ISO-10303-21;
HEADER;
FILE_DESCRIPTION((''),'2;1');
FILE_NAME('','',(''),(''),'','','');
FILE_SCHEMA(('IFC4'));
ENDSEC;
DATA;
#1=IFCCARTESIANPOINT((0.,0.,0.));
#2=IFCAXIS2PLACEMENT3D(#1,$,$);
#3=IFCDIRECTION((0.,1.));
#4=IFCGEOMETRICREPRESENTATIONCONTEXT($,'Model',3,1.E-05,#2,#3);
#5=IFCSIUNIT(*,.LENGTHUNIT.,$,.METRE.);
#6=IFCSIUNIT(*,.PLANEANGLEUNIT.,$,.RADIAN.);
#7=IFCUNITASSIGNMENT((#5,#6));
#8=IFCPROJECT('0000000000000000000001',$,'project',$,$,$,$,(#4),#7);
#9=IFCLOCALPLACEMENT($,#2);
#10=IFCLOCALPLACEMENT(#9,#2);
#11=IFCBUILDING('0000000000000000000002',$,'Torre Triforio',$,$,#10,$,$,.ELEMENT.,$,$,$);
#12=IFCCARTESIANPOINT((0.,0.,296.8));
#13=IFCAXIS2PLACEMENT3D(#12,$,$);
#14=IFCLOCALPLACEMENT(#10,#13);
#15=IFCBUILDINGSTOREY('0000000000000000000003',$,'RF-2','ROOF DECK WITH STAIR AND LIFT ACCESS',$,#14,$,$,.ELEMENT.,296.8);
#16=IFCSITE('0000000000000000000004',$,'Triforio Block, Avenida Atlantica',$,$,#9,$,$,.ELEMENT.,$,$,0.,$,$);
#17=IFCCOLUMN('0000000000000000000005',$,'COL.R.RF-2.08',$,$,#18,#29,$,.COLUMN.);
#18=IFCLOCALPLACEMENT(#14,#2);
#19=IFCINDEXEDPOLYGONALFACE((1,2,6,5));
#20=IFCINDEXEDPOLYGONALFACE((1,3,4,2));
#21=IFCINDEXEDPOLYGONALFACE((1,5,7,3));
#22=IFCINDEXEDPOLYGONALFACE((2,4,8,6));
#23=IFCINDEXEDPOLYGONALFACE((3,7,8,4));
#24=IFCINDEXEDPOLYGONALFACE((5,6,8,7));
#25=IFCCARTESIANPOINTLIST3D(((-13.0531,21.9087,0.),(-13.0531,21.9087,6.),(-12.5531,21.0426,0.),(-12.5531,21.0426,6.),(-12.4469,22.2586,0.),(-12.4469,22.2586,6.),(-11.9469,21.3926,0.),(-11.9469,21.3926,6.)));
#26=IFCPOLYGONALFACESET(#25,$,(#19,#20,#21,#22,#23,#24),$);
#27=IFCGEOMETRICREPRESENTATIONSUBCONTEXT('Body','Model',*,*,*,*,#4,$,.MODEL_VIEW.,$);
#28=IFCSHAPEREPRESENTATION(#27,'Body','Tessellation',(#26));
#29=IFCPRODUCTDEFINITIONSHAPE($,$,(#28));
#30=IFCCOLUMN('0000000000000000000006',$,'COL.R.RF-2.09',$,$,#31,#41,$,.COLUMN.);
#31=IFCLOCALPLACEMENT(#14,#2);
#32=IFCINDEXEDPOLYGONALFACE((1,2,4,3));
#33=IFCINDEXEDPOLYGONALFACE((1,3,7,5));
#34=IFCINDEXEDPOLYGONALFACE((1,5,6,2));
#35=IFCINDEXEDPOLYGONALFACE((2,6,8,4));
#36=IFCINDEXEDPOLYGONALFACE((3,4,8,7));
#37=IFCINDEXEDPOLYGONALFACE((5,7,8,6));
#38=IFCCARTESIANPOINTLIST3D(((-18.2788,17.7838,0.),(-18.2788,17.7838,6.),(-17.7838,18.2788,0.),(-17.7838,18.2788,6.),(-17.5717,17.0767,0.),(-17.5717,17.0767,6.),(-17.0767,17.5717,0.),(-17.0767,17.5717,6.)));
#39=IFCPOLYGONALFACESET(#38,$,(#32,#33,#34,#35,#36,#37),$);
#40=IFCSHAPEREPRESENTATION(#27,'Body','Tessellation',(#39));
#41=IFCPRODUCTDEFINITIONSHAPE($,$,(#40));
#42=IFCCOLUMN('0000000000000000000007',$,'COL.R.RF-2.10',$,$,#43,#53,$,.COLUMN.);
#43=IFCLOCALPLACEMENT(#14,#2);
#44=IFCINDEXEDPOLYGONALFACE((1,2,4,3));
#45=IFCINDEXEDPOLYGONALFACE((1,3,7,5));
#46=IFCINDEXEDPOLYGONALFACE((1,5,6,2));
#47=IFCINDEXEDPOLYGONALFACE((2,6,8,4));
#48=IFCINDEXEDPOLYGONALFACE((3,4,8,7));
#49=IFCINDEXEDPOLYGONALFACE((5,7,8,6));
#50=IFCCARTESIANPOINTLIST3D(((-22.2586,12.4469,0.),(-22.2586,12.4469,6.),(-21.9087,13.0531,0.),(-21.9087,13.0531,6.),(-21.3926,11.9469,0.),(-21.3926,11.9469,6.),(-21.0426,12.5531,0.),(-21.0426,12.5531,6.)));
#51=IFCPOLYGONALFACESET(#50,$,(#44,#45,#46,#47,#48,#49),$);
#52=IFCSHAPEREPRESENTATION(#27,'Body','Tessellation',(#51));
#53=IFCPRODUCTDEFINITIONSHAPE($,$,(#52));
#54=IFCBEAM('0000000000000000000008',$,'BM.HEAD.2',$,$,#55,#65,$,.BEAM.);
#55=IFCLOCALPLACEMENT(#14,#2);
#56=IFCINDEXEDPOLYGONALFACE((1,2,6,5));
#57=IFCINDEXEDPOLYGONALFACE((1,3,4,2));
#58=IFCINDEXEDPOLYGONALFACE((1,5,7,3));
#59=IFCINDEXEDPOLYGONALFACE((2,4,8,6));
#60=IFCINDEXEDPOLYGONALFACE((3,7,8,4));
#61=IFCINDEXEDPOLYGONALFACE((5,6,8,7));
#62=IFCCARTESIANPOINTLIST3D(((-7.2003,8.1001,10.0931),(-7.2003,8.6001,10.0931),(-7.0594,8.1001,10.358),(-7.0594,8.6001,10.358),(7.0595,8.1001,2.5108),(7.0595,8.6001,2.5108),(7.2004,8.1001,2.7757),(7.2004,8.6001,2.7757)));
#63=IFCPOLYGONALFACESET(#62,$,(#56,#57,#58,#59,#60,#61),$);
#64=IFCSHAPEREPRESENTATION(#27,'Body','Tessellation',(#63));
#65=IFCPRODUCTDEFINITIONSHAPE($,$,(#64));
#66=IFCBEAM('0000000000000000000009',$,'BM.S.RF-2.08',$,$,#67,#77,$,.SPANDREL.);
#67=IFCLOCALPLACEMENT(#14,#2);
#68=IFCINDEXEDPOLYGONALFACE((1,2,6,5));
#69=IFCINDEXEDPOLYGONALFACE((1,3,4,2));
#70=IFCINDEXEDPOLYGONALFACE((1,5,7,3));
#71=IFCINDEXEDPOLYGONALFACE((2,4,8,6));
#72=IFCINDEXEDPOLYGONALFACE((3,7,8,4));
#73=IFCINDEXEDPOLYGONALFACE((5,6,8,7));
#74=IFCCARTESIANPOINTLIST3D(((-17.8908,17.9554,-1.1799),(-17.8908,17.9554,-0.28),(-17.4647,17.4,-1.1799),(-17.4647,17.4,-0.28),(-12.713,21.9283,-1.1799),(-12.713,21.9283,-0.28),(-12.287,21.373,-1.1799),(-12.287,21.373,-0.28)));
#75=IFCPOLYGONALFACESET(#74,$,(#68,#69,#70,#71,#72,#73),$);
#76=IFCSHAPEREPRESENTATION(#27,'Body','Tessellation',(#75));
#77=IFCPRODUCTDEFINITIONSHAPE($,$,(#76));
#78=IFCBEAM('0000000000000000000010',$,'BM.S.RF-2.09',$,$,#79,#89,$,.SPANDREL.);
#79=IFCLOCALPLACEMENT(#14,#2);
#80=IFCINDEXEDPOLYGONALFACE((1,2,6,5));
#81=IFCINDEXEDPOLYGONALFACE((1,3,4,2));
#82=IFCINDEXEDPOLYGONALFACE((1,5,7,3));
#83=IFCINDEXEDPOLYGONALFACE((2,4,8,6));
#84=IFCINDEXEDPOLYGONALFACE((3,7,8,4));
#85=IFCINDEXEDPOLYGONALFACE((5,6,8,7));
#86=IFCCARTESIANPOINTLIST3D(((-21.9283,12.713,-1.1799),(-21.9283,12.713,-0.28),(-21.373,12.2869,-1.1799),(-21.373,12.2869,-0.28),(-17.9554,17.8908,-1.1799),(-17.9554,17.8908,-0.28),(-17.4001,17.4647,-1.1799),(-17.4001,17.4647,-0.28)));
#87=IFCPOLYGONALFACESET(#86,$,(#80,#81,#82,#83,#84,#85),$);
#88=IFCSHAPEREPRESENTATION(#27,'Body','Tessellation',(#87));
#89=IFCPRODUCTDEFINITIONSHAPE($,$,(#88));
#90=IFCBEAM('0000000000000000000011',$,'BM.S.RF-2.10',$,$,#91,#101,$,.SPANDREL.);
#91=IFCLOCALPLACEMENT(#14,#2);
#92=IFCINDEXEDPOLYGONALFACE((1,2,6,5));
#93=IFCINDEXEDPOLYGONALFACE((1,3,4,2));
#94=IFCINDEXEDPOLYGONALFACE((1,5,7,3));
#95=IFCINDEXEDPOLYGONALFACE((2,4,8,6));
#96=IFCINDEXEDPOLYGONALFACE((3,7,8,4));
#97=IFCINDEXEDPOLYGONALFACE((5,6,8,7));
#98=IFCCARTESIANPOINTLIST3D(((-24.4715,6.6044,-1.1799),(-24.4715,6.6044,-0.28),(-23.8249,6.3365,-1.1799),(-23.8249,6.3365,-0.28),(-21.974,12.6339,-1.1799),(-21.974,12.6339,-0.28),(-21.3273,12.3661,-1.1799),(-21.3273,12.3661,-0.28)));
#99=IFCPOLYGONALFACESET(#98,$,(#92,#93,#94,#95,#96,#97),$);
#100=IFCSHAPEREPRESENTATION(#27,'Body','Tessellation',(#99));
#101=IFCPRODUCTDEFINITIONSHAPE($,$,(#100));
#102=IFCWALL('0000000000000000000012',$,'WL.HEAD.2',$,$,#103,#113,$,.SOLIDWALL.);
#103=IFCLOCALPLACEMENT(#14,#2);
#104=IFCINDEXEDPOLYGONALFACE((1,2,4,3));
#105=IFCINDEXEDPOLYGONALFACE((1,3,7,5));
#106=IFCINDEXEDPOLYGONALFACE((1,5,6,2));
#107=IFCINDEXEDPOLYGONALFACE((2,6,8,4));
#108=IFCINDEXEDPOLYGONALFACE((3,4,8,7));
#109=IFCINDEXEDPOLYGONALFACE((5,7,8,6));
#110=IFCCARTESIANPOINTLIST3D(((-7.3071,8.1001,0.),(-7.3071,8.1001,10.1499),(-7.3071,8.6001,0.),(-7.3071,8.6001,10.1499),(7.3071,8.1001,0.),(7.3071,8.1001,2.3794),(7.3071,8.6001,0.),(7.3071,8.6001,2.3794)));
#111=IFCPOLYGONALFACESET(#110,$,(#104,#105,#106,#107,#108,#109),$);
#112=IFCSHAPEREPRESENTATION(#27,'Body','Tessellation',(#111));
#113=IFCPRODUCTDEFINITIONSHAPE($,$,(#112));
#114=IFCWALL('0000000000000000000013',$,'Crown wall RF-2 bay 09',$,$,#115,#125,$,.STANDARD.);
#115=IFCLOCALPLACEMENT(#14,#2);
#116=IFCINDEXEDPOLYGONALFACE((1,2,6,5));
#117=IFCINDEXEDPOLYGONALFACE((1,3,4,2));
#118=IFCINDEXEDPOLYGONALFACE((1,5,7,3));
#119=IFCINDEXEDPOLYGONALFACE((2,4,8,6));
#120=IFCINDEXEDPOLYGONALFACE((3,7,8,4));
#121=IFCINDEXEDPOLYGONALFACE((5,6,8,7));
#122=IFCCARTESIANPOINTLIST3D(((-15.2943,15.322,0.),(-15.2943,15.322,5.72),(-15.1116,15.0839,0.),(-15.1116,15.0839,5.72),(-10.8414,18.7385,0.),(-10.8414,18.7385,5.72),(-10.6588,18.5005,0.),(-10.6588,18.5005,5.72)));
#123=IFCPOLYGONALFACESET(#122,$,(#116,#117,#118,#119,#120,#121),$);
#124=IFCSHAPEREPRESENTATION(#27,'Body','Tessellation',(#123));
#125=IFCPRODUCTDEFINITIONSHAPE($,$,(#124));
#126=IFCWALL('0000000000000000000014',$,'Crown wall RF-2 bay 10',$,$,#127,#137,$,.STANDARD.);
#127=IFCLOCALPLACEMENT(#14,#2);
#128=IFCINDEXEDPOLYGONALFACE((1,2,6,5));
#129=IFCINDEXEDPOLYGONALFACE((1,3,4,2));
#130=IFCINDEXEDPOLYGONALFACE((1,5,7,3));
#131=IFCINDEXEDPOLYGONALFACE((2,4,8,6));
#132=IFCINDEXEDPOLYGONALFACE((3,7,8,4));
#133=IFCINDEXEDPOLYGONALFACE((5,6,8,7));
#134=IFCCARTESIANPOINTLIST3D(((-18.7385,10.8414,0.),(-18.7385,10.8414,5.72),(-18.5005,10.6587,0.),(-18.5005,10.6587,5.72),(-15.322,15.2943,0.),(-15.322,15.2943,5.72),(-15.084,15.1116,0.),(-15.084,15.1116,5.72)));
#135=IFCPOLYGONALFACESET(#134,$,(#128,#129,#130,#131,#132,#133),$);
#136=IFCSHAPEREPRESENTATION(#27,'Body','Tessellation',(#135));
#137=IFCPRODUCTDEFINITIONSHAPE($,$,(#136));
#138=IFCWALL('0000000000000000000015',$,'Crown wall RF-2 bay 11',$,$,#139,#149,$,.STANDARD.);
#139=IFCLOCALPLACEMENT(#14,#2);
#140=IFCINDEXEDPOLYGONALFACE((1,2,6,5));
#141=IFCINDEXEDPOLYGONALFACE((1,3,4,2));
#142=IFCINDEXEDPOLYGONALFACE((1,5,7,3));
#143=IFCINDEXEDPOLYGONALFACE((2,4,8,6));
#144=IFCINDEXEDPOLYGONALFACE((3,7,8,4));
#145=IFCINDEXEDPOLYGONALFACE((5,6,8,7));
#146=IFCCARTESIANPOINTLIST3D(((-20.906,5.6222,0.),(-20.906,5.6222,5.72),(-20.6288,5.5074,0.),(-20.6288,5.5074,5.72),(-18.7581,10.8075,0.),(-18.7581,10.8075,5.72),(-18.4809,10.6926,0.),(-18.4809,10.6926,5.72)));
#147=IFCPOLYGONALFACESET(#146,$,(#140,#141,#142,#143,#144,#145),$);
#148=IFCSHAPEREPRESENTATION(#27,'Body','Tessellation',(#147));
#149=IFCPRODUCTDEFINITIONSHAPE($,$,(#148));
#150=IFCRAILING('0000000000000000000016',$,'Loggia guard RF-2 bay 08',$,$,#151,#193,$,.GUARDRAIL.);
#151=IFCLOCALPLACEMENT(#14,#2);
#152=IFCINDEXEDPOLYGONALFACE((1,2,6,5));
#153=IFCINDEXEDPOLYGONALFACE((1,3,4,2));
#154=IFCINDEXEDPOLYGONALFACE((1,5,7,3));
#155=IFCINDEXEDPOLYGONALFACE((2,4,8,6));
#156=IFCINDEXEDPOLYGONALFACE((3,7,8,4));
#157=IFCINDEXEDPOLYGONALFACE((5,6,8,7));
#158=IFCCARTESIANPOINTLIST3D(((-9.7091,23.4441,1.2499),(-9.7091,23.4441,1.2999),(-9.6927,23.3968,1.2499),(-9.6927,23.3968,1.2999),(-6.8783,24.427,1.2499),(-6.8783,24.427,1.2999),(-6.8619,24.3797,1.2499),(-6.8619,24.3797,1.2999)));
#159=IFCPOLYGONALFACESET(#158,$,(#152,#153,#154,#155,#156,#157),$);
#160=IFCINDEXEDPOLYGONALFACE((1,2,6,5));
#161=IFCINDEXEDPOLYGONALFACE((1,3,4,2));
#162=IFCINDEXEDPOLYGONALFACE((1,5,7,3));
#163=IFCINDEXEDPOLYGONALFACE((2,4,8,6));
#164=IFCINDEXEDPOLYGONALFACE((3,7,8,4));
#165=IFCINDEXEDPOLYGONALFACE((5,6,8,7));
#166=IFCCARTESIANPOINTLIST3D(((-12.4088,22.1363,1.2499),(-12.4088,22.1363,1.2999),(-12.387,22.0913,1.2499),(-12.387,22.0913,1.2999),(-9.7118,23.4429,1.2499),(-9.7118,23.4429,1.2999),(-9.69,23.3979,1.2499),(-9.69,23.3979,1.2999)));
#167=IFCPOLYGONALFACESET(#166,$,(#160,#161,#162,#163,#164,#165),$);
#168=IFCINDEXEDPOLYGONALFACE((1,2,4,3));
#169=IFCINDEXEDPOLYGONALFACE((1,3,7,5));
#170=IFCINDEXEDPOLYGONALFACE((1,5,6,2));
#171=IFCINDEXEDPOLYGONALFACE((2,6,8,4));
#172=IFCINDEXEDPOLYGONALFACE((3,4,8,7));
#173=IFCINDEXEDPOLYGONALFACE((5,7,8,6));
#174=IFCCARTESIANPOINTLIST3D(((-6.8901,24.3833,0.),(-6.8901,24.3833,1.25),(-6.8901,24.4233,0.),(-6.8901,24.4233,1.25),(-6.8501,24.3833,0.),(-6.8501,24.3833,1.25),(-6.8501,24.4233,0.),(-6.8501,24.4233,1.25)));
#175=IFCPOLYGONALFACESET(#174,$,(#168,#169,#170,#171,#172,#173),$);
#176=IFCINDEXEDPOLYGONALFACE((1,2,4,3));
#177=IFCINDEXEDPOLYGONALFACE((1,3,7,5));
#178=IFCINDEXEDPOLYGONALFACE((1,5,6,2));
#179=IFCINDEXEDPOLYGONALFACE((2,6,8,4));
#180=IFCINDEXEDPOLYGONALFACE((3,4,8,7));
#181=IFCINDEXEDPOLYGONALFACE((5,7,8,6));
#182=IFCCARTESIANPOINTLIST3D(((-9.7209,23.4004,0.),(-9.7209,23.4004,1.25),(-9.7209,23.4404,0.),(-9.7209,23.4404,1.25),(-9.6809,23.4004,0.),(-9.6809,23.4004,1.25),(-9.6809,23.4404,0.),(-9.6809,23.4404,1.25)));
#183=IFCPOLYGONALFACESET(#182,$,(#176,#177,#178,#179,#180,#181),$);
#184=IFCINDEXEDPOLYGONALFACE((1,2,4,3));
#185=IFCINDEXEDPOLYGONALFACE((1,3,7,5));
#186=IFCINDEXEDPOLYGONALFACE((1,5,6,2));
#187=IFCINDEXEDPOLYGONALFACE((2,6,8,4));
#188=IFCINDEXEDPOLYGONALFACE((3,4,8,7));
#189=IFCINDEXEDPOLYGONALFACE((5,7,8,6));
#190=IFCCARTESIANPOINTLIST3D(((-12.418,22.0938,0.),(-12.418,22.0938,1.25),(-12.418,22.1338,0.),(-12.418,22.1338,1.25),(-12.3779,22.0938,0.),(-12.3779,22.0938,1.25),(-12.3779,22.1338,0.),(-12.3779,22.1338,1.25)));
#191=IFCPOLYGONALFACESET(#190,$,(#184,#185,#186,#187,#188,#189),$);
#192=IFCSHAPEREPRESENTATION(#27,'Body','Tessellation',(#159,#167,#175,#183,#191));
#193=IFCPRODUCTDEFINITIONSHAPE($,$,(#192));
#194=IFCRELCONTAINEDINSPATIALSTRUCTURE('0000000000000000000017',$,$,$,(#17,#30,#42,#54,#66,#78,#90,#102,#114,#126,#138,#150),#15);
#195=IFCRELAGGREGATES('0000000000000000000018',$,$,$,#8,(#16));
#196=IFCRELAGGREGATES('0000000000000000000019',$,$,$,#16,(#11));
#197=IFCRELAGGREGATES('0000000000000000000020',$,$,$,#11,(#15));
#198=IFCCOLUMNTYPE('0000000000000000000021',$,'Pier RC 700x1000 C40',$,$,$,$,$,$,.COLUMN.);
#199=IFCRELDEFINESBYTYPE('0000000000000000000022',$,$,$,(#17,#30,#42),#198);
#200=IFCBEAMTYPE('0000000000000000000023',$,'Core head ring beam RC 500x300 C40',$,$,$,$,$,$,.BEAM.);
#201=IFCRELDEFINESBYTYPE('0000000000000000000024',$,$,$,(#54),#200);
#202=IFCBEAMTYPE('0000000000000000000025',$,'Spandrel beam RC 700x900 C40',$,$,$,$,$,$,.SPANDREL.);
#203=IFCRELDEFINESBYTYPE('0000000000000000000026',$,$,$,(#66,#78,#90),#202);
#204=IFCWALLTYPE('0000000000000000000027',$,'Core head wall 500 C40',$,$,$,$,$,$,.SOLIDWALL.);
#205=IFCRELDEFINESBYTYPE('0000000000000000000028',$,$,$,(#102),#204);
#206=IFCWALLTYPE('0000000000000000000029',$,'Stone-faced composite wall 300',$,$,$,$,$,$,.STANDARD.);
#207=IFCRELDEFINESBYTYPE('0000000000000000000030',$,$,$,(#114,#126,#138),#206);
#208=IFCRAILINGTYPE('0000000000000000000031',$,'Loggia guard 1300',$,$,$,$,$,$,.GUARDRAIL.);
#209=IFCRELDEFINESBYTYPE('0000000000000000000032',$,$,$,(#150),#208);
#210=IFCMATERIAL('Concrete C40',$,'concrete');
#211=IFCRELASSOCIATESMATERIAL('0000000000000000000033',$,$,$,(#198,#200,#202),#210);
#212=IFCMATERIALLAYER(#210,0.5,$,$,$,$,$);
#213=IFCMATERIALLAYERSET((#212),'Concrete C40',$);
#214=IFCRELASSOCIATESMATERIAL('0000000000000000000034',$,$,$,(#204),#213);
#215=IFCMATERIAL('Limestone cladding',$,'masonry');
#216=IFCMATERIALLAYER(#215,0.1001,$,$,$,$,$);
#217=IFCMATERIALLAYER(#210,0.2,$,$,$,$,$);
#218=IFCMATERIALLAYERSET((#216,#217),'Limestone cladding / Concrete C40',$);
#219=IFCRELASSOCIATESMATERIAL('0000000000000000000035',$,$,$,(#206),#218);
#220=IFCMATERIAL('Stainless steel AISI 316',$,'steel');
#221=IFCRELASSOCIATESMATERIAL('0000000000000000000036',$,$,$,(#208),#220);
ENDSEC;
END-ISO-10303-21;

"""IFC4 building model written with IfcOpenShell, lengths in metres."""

from ifc_helpers import new_model, si_unit, direction, frame, origin, origin_2d, place, context, subcontext, project, spatial, polyline, rectangle, outline, extrude, material, layer, layer_set, material_profile, profile_set, type_object, element, save


model = new_model("IFC4")

# Units and contexts
model_context = context("Model", 3, precision=1e-05, world=origin(), true_north=direction((0.0, 1.0)))
body_context = subcontext(model_context, "Body", "Model", "MODEL_VIEW")
ifc_project = project(units=[si_unit("LENGTHUNIT", "METRE"), si_unit("PLANEANGLEUNIT", "RADIAN")], contexts=[model_context])

# Site, building, storey
site_placement = place(None, origin())
site = spatial("IfcSite", under=ifc_project, at=site_placement, Name="Triforio Block, Avenida Atlantica", CompositionType="ELEMENT", RefElevation=0.0)
building_placement = place(site_placement, origin())
building = spatial("IfcBuilding", under=site, at=building_placement, Name="Torre Triforio", CompositionType="ELEMENT")
storey_placement = place(building_placement, frame((0.0, 0.0, 296.8)))
storey = spatial("IfcBuildingStorey", under=building, at=storey_placement, Name="RF-2", Description="ROOF DECK WITH STAIR AND LIFT ACCESS", CompositionType="ELEMENT", Elevation=296.8)

# Columns
ifc_material_1 = material(Name="Concrete C40", Category="concrete")
ifc_material_profile_1 = material_profile(ifc_material_1, rectangle(XDim=0.7, YDim=1.0, at=origin_2d()), Name="RC 700x1000")
ifc_profile_set_1 = profile_set([ifc_material_profile_1], Name="Concrete C40")
column_type = type_object("IfcColumnType", Name="Pier RC 700x1000 C40", PredefinedType="COLUMN", material=ifc_profile_set_1)
for number, where, z_axis, x_axis, name in (
    (1, (-12.5, 21.6506, 0.0), (0.0, 0.0, 1.0), (-0.866025, -0.5, 0.0), "COL.R.RF-2.08"),
    (2, (-17.6777, 17.6777, 0.0), (0.0, 0.0, 1.0), (-0.707107, -0.707107, 0.0), "COL.R.RF-2.09"),
    (3, (-21.6506, 12.5, 0.0), (0.0, 0.0, 1.0), (-0.5, -0.866025, 0.0), "COL.R.RF-2.10"),
):
    element("IfcColumn", number, at=place(storey_placement, frame(where, z_axis=z_axis, x_axis=x_axis)), inside=storey, type_object=column_type, Name=name, PredefinedType="COLUMN", context=body_context, shape_type="SweptSolid", body=[
        extrude(rectangle(XDim=0.7, YDim=1.0, at=origin_2d()), origin(), (0.0, 0.0, 1.0), 6.0),
    ])

# Beams
ifc_material_profile_2 = material_profile(ifc_material_1, rectangle(XDim=0.5, YDim=0.3, at=origin_2d()), Name="RC 500x300")
ifc_profile_set_2 = profile_set([ifc_material_profile_2], Name="Concrete C40")
beam_type_1 = type_object("IfcBeamType", Name="Core head ring beam RC 500x300 C40", PredefinedType="BEAM", material=ifc_profile_set_2)
beam_placement = place(storey_placement, frame((-7.1299, 8.3501, 10.2256), z_axis=(0.882942, 0.0, -0.469482), x_axis=(0.0, 1.0, 0.0)))
element("IfcBeam", 4, at=beam_placement, inside=storey, type_object=beam_type_1, Name="BM.HEAD.2", PredefinedType="BEAM", context=body_context, shape_type="SweptSolid", body=[
    extrude(rectangle(XDim=0.5, YDim=0.3, at=origin_2d()), origin(), (0.0, 0.0, 1.0), 16.1504),
])
ifc_material_profile_3 = material_profile(ifc_material_1, rectangle(XDim=0.7, YDim=0.8999, at=origin_2d()), Name="RC 700x900")
ifc_profile_set_3 = profile_set([ifc_material_profile_3], Name="Concrete C40")
beam_type_2 = type_object("IfcBeamType", Name="Spandrel beam RC 700x900 C40", PredefinedType="SPANDREL", material=ifc_profile_set_3)
for number, where, z_axis, x_axis, name in (
    (5, (-12.5, 21.6506, -0.73), (-0.793362, -0.60875, 0.0), (0.60875, -0.793362, 0.0), "BM.S.RF-2.08"),
    (6, (-17.6777, 17.6777, -0.73), (-0.60875, -0.793362, 0.0), (0.793362, -0.60875, 0.0), "BM.S.RF-2.09"),
    (7, (-21.6506, 12.5, -0.73), (-0.382689, -0.923877, 0.0), (0.923877, -0.382689, 0.0), "BM.S.RF-2.10"),
):
    element("IfcBeam", number, at=place(storey_placement, frame(where, z_axis=z_axis, x_axis=x_axis)), inside=storey, type_object=beam_type_2, Name=name, PredefinedType="SPANDREL", context=body_context, shape_type="SweptSolid", body=[
        extrude(rectangle(XDim=0.7, YDim=0.8999, at=origin_2d()), origin(), (0.0, 0.0, 1.0), 6.5264),
    ])

# Walls
ifc_layer_1 = layer(ifc_material_1, 0.5)
ifc_layer_set_1 = layer_set([ifc_layer_1], Name="Concrete C40")
wall_type_1 = type_object("IfcWallType", Name="Core head wall 500 C40", PredefinedType="SOLIDWALL", material=ifc_layer_set_1)
wall_placement = place(storey_placement, frame((-7.3071, 8.3501, 0.0), z_axis=(0.0, 0.0, 1.0), x_axis=(1.0, 0.0, 0.0)))
element("IfcWall", 8, at=wall_placement, inside=storey, type_object=wall_type_1, Name="WL.HEAD.2", PredefinedType="SOLIDWALL", context=body_context, shape_type="SweptSolid", body=[
    extrude(outline(polyline([(0.0, 0.0), (14.6143, 0.0), (14.6143, 2.3794), (0.0, 10.1499), (0.0, 0.0)])), frame((0.0, 0.25, 0.0), z_axis=(0.0, -1.0, 0.0), x_axis=(1.0, 0.0, 0.0)), (0.0, 0.0, 1.0), 0.5),
])
ifc_material_2 = material(Name="Limestone cladding", Category="masonry")
ifc_layer_2 = layer(ifc_material_2, 0.1001)
ifc_layer_3 = layer(ifc_material_1, 0.2)
ifc_layer_set_2 = layer_set([ifc_layer_2, ifc_layer_3], Name="Limestone cladding / Concrete C40")
wall_type_2 = type_object("IfcWallType", Name="Stone-faced composite wall 300", PredefinedType="STANDARD", material=ifc_layer_set_2)
for number, where, z_axis, x_axis, name in (
    (9, (-10.75, 18.6194, 0.0), (0.0, 0.0, 1.0), (-0.79338, -0.608726, 0.0), "Crown wall RF-2 bay 09"),
    (10, (-15.2029, 15.2029, 0.0), (0.0, 0.0, 1.0), (-0.608726, -0.79338, 0.0), "Crown wall RF-2 bay 10"),
    (11, (-18.6194, 10.75, 0.0), (0.0, 0.0, 1.0), (-0.382703, -0.923872, 0.0), "Crown wall RF-2 bay 11"),
):
    element("IfcWall", number, at=place(storey_placement, frame(where, z_axis=z_axis, x_axis=x_axis)), inside=storey, type_object=wall_type_2, Name=name, PredefinedType="STANDARD", context=body_context, shape_type="SweptSolid", body=[
        extrude(outline(polyline([(0.0, 0.0), (5.6125, 0.0), (5.6125, 5.72), (0.0, 5.72), (0.0, 0.0)])), frame((0.0, 0.1499, 0.0), z_axis=(0.0, -1.0, 0.0), x_axis=(1.0, 0.0, 0.0)), (0.0, 0.0, 1.0), 0.3),
    ])

# Railing
ifc_material_3 = material(Name="Stainless steel AISI 316", Category="steel")
railing_type = type_object("IfcRailingType", Name="Loggia guard 1300", PredefinedType="GUARDRAIL", material=ifc_material_3)
railing_1_placement = place(storey_placement, frame((-6.8701, 24.4033, 0.0)))
element("IfcRailing", 12, at=railing_1_placement, inside=storey, type_object=railing_type, Name="Loggia guard RF-2 bay 08", PredefinedType="GUARDRAIL", context=body_context, shape_type="SweptSolid", body=[
    extrude(rectangle(XDim=0.05, YDim=0.05, at=origin_2d()), frame((0.0, 0.0, 1.2749), z_axis=(-0.944675, -0.328009, 0.0), x_axis=(0.328009, -0.944675, 0.0)), (0.0, 0.0, 1.0), 2.9966),
    extrude(rectangle(XDim=0.05, YDim=0.05, at=origin_2d()), frame((-2.8308, -0.9829, 1.2749), z_axis=(-0.899946, -0.436002, 0.0), x_axis=(0.436002, -0.899946, 0.0)), (0.0, 0.0, 1.0), 2.9968),
    extrude(rectangle(XDim=0.04, YDim=0.04, at=origin_2d()), origin(), (0.0, 0.0, 1.0), 1.25),
    extrude(rectangle(XDim=0.04, YDim=0.04, at=origin_2d()), frame((-2.8308, -0.9829, 0.0)), (0.0, 0.0, 1.0), 1.25),
    extrude(rectangle(XDim=0.04, YDim=0.04, at=origin_2d()), frame((-5.5278, -2.2896, 0.0)), (0.0, 0.0, 1.0), 1.25),
])

save(model, "model.ifc")
